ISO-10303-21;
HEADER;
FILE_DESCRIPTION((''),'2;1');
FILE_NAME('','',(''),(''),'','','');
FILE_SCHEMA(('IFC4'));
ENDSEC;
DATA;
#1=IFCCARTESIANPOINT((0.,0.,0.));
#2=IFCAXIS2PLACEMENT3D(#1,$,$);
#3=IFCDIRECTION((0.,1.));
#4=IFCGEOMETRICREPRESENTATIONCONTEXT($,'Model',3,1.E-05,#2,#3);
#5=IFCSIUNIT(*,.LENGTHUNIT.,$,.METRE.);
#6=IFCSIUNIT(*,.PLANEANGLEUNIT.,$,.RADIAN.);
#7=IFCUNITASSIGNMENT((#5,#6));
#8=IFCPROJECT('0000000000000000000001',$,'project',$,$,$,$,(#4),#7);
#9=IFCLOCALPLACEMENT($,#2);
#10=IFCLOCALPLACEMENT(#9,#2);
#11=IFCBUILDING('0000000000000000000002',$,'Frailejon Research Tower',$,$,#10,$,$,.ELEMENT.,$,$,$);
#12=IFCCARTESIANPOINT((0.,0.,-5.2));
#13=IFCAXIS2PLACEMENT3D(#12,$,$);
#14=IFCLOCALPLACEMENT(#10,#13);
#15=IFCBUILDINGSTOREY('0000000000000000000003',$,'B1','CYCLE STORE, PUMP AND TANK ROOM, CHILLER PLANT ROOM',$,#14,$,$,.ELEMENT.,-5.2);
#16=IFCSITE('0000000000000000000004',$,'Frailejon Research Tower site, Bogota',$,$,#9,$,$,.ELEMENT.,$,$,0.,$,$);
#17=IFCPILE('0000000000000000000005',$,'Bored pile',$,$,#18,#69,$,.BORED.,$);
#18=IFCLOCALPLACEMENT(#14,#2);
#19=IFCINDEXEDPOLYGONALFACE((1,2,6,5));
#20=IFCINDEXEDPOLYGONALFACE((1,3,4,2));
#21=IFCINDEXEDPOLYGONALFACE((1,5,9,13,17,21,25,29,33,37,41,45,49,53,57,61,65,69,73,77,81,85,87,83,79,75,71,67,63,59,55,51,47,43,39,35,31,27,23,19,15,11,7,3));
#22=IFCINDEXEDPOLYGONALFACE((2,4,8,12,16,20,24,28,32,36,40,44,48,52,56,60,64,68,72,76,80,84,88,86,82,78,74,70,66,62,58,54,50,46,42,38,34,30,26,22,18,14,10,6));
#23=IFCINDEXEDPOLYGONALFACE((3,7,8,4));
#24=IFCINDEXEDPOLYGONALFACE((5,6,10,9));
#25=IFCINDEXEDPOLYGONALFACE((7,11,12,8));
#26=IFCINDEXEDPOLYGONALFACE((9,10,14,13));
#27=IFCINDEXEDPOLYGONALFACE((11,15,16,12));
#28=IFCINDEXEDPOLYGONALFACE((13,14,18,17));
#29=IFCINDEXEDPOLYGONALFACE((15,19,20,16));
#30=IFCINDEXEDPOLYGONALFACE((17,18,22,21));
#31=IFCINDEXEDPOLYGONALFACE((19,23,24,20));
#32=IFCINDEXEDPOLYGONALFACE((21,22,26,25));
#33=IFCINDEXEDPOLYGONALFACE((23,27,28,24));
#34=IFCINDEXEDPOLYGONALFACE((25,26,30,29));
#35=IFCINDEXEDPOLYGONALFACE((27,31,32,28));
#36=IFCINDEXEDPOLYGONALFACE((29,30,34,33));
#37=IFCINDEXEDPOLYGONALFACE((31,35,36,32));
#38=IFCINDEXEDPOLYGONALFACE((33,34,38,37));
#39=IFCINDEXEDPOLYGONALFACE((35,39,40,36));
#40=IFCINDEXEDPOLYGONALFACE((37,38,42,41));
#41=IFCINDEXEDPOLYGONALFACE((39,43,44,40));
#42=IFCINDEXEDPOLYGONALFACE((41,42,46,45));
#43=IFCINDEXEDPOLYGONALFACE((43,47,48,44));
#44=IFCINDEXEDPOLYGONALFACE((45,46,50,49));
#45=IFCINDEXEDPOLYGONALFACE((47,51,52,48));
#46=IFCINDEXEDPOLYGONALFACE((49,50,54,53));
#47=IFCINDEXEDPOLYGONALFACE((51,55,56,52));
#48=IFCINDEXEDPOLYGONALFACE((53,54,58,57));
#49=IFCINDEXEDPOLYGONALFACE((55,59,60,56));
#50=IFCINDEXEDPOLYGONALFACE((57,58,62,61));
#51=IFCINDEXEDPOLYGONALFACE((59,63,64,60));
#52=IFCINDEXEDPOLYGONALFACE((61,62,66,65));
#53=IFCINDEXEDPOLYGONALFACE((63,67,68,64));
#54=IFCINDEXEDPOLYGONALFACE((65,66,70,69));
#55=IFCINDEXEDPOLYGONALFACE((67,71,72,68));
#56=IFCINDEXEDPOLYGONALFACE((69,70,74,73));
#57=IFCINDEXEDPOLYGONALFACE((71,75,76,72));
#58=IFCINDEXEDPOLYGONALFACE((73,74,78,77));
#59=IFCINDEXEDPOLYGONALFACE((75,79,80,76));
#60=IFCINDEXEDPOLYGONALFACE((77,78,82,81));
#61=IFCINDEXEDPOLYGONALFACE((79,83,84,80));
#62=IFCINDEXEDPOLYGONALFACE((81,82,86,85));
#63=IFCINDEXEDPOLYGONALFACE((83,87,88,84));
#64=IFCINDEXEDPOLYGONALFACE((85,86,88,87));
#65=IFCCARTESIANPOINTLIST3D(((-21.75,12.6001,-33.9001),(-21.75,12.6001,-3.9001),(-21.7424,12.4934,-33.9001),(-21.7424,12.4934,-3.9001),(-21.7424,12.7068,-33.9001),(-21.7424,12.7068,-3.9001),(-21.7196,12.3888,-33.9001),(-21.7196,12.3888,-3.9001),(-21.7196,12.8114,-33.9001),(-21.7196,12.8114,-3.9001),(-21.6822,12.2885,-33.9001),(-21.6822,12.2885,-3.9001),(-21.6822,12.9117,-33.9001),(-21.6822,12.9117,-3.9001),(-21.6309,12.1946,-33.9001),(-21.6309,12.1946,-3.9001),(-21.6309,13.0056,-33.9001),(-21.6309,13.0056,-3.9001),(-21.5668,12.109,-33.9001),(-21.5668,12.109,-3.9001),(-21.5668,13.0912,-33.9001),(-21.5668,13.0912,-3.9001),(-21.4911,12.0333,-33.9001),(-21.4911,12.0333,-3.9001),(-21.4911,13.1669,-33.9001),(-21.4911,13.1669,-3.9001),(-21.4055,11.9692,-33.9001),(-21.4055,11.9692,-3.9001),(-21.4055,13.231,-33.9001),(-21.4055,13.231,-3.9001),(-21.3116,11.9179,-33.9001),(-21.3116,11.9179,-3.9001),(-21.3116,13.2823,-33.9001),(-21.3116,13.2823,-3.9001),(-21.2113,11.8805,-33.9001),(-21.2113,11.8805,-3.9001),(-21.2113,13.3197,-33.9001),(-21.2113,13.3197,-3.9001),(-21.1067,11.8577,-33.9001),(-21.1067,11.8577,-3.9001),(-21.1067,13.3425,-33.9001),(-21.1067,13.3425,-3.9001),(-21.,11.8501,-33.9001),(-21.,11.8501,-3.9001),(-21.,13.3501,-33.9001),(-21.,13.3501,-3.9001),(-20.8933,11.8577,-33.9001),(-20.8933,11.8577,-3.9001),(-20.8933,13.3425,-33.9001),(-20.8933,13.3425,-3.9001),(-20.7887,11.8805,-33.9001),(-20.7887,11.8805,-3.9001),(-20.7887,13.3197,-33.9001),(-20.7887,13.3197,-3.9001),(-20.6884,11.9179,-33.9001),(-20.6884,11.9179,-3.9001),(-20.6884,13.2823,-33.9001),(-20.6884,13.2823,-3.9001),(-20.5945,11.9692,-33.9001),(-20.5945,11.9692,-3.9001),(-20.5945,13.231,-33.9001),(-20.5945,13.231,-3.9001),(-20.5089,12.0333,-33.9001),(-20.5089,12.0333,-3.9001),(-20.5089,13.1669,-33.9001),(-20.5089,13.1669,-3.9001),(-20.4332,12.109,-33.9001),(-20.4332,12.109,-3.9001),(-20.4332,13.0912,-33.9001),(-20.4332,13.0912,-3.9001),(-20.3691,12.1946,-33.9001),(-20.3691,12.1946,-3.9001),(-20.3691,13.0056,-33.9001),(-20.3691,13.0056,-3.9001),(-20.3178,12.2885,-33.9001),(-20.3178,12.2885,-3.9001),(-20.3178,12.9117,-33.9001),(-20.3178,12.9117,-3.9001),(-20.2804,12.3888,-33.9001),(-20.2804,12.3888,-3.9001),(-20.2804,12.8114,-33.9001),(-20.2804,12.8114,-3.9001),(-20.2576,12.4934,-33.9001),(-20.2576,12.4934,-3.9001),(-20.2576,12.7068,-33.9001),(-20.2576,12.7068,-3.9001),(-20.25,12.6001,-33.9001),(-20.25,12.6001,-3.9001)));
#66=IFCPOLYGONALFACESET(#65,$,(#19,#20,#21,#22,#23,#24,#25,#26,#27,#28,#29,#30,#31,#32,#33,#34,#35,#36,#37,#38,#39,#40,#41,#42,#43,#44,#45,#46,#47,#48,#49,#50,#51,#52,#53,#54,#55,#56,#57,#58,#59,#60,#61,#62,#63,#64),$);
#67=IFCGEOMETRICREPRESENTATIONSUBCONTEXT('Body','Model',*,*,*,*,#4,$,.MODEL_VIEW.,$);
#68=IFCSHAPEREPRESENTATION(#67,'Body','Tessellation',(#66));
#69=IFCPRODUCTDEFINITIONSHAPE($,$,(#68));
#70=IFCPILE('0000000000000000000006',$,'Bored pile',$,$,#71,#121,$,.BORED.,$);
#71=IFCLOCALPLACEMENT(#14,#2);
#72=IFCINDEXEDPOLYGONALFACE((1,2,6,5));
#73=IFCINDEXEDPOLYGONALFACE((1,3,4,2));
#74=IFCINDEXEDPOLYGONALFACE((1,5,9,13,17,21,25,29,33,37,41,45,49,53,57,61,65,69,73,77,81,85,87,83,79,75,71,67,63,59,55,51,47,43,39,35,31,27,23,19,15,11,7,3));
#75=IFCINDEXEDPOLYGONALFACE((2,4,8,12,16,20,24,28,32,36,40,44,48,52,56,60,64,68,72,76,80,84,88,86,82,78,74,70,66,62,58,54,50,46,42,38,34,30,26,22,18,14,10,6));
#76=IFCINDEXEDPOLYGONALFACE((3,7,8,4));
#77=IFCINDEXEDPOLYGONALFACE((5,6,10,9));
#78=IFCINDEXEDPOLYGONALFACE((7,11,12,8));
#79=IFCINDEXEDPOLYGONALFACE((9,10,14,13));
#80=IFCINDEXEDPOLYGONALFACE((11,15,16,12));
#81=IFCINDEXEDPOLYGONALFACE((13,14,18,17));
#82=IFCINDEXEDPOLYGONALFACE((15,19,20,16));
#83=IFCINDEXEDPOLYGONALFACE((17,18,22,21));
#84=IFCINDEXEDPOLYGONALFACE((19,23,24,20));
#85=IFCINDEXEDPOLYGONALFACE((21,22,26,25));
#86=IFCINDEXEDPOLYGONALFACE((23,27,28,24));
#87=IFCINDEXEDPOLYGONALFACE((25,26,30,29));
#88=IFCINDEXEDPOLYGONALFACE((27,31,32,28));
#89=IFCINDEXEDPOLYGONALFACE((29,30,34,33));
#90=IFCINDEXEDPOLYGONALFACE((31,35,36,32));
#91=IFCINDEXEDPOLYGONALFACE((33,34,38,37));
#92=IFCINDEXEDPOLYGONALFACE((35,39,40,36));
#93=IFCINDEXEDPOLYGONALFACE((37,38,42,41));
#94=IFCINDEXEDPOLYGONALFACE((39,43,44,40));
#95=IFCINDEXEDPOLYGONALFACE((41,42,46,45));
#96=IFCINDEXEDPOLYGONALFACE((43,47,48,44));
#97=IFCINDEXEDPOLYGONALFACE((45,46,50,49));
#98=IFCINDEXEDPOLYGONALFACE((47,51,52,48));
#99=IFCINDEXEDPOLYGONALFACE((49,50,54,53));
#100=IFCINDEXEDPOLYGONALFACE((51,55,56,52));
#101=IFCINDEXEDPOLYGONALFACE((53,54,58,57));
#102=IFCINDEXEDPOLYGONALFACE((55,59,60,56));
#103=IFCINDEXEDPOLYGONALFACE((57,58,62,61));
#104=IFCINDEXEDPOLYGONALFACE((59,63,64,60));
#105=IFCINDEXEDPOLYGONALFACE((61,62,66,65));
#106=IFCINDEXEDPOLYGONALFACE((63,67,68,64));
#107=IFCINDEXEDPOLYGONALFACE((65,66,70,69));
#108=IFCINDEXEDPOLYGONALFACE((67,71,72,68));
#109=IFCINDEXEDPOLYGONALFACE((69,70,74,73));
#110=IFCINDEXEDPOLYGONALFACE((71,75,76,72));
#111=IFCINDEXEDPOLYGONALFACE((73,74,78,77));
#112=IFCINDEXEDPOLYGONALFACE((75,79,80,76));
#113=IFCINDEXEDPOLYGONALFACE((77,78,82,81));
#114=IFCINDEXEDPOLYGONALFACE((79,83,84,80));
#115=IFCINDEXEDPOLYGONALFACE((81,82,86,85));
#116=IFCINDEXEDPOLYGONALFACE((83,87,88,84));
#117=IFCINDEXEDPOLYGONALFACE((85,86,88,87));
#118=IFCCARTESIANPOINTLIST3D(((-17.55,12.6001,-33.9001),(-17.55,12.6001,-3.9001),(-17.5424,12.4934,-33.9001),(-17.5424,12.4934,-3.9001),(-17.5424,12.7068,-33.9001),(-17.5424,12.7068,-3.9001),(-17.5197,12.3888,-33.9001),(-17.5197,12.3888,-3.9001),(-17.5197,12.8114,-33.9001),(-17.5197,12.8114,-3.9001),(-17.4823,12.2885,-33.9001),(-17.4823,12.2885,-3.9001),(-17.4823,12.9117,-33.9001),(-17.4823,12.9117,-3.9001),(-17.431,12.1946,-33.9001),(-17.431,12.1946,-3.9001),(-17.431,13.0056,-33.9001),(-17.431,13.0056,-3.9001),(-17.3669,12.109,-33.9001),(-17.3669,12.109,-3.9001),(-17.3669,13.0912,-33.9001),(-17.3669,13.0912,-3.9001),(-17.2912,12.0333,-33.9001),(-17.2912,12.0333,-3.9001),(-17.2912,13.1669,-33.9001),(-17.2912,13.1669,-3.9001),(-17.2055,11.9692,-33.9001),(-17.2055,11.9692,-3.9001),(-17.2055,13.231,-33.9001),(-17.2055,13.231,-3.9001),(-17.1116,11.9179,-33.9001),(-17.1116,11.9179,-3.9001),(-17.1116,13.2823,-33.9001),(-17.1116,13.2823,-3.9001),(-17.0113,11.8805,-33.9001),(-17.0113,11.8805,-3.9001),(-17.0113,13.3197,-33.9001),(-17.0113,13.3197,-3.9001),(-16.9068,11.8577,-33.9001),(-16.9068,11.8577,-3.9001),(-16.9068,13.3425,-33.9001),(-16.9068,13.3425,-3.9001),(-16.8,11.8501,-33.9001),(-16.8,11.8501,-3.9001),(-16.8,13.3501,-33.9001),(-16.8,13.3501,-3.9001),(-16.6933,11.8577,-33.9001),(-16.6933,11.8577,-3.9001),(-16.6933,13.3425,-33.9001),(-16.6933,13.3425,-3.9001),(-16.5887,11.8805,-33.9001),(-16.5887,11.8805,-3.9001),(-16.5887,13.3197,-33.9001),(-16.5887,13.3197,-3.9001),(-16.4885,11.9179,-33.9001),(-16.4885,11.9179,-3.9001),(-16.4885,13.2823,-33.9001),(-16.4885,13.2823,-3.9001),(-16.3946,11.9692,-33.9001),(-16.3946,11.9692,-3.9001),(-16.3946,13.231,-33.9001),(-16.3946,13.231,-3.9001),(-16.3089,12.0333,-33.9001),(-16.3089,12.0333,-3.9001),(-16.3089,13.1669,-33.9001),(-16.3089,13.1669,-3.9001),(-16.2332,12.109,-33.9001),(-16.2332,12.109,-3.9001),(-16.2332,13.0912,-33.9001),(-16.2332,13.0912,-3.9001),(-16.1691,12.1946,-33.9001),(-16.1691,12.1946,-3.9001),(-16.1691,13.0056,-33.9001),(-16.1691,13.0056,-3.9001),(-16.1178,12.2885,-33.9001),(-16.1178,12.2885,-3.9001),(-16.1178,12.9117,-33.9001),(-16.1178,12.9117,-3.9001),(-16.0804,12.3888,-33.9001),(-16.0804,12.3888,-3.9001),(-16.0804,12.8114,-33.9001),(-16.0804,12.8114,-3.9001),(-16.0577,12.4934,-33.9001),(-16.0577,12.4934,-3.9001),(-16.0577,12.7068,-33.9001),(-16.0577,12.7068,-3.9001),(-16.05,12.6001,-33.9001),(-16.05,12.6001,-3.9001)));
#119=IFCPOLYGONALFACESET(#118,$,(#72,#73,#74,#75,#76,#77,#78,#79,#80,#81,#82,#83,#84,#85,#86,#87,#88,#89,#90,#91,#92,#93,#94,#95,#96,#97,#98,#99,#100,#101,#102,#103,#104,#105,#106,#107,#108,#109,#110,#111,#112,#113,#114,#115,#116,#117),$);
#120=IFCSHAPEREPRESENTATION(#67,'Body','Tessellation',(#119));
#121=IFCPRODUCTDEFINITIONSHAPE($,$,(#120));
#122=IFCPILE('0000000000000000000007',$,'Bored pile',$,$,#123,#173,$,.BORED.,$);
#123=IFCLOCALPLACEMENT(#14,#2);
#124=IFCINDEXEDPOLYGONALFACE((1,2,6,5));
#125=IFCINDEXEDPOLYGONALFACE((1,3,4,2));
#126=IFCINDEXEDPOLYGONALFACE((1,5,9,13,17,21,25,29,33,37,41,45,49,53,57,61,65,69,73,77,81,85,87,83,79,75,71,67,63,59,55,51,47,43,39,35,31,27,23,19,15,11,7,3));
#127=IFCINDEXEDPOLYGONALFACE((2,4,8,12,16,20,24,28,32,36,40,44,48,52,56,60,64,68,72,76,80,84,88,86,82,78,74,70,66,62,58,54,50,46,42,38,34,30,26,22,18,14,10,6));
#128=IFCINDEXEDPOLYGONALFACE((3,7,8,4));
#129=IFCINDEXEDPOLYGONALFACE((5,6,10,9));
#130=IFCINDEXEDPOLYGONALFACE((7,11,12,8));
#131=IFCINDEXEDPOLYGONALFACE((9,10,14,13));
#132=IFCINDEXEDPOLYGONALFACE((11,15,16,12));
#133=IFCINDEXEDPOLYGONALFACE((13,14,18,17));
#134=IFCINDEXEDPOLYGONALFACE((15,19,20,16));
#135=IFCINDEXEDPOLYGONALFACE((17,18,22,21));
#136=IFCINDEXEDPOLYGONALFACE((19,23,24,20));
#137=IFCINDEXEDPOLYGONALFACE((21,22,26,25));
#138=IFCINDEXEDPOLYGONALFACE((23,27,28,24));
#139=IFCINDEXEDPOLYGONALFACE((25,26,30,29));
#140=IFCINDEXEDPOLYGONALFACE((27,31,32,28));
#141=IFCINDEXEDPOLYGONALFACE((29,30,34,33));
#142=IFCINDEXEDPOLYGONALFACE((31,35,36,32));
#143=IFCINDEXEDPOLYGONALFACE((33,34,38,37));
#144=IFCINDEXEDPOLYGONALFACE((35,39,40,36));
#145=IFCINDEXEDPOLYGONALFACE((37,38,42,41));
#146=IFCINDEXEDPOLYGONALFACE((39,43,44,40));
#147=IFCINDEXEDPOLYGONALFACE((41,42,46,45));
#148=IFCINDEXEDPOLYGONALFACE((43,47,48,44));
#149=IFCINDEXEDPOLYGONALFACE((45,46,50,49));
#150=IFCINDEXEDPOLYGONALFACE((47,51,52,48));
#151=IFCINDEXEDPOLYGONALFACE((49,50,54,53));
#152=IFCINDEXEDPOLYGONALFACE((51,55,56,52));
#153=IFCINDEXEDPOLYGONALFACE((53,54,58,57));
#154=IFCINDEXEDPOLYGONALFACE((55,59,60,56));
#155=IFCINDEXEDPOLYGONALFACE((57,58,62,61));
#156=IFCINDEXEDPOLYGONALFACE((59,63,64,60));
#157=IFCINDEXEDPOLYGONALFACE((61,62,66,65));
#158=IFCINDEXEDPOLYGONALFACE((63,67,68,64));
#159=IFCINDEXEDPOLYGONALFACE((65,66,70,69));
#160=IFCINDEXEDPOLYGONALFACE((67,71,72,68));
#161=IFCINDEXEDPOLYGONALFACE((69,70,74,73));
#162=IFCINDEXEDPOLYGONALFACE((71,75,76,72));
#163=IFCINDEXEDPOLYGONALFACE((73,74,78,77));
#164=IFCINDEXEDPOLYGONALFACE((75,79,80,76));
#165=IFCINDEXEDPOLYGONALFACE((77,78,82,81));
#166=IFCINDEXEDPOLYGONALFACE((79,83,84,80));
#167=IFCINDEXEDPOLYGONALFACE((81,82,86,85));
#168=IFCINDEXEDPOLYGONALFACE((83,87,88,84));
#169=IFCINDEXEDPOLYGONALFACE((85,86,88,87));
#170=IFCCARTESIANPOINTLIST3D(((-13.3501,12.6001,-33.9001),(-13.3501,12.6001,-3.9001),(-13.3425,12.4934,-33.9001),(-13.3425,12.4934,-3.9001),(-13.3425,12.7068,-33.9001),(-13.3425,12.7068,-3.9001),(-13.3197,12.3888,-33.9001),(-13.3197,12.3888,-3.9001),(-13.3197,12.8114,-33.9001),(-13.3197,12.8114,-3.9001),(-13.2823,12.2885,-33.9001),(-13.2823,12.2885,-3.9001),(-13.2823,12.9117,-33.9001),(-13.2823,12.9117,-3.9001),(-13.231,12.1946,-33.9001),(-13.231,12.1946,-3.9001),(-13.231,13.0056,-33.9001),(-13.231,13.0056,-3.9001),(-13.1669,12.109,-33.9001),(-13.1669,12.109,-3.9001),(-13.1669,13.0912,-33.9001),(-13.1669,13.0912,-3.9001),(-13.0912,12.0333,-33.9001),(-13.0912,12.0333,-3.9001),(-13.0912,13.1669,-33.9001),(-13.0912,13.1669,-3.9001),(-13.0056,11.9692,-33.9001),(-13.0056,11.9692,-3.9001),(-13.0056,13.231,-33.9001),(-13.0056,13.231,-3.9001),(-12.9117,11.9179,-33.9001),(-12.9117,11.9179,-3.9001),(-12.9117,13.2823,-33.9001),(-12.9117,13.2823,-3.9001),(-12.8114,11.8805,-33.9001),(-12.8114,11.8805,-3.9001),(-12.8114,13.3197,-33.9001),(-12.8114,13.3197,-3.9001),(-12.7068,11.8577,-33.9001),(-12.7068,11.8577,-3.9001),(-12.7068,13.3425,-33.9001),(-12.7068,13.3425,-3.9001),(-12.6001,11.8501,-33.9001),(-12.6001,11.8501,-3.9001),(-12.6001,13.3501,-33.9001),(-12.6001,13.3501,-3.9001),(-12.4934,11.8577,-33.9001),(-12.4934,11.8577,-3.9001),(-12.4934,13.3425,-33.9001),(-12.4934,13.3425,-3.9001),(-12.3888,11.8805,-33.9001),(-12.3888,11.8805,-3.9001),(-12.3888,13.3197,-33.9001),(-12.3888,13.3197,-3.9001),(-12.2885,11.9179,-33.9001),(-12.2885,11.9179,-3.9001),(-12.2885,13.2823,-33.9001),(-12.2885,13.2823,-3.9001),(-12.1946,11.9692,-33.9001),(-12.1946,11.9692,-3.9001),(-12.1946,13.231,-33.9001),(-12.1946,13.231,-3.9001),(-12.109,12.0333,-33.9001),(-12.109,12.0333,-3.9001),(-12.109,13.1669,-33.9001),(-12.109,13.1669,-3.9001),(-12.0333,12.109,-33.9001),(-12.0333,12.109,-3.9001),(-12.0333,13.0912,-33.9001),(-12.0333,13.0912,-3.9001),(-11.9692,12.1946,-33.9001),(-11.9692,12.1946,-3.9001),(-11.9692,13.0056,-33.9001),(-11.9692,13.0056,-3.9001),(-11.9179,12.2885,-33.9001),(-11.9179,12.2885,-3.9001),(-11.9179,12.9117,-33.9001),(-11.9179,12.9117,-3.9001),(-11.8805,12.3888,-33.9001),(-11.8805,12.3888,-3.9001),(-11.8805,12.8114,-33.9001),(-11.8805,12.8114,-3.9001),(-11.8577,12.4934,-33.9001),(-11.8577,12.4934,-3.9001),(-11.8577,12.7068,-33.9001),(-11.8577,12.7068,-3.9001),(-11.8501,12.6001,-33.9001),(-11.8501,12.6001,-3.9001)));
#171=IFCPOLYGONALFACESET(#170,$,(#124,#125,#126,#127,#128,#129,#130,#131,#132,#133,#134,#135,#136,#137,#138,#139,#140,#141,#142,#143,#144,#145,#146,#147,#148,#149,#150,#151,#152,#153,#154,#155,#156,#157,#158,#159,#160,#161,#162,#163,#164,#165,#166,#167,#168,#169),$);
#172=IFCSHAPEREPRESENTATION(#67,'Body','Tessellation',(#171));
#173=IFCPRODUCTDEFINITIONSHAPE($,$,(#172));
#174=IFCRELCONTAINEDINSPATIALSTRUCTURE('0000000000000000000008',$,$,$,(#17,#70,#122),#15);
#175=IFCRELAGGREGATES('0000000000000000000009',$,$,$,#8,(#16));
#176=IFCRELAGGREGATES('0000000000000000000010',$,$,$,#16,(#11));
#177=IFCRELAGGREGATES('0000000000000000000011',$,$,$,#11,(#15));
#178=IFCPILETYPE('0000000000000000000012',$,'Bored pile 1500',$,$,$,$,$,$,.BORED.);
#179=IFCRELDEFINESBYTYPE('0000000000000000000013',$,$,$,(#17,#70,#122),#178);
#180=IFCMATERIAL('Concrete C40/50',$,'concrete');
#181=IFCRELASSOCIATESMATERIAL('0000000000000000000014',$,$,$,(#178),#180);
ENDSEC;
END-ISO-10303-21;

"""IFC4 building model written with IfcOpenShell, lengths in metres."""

from ifc_helpers import new_model, si_unit, direction, frame, origin, origin_2d, place, context, subcontext, project, spatial, circle, extrude, material, material_profile, profile_set, type_object, element, save


model = new_model("IFC4")

# Units and contexts
model_context = context("Model", 3, precision=1e-05, world=origin(), true_north=direction((0.0, 1.0)))
body_context = subcontext(model_context, "Body", "Model", "MODEL_VIEW")
ifc_project = project(units=[si_unit("LENGTHUNIT", "METRE"), si_unit("PLANEANGLEUNIT", "RADIAN")], contexts=[model_context])

# Site, building, storey
site_placement = place(None, origin())
site = spatial("IfcSite", under=ifc_project, at=site_placement, Name="Frailejon Research Tower site, Bogota", CompositionType="ELEMENT", RefElevation=0.0)
building_placement = place(site_placement, origin())
building = spatial("IfcBuilding", under=site, at=building_placement, Name="Frailejon Research Tower", CompositionType="ELEMENT")
storey_placement = place(building_placement, frame((0.0, 0.0, -5.2)))
storey = spatial("IfcBuildingStorey", under=building, at=storey_placement, Name="B1", Description="CYCLE STORE, PUMP AND TANK ROOM, CHILLER PLANT ROOM", CompositionType="ELEMENT", Elevation=-5.2)

# Piles
ifc_material_1 = material(Name="Concrete C40/50", Category="concrete")
ifc_material_profile_1 = material_profile(ifc_material_1, circle(Radius=0.75, at=origin_2d()), Name="Bored pile 1500")
ifc_profile_set_1 = profile_set([ifc_material_profile_1], Name="Concrete C40/50")
pile_type = type_object("IfcPileType", Name="Bored pile 1500", PredefinedType="BORED", material=ifc_profile_set_1)
for number, where, z_axis, x_axis, name in (
    (1, (-21.0, 12.6001, -3.9001), (0.0, 0.0, -1.0), (1.0, 0.0, 0.0), "Bored pile"),
    (2, (-16.8, 12.6001, -3.9001), (0.0, 0.0, -1.0), (1.0, 0.0, 0.0), "Bored pile"),
    (3, (-12.6001, 12.6001, -3.9001), (0.0, 0.0, -1.0), (1.0, 0.0, 0.0), "Bored pile"),
):
    element("IfcPile", number, at=place(storey_placement, frame(where, z_axis=z_axis, x_axis=x_axis)), inside=storey, type_object=pile_type, Name=name, PredefinedType="BORED", context=body_context, shape_type="SweptSolid", body=[
        extrude(circle(Radius=0.75, at=origin_2d()), origin(), (0.0, 0.0, 1.0), 30.0),
    ])

save(model, "model.ifc")
